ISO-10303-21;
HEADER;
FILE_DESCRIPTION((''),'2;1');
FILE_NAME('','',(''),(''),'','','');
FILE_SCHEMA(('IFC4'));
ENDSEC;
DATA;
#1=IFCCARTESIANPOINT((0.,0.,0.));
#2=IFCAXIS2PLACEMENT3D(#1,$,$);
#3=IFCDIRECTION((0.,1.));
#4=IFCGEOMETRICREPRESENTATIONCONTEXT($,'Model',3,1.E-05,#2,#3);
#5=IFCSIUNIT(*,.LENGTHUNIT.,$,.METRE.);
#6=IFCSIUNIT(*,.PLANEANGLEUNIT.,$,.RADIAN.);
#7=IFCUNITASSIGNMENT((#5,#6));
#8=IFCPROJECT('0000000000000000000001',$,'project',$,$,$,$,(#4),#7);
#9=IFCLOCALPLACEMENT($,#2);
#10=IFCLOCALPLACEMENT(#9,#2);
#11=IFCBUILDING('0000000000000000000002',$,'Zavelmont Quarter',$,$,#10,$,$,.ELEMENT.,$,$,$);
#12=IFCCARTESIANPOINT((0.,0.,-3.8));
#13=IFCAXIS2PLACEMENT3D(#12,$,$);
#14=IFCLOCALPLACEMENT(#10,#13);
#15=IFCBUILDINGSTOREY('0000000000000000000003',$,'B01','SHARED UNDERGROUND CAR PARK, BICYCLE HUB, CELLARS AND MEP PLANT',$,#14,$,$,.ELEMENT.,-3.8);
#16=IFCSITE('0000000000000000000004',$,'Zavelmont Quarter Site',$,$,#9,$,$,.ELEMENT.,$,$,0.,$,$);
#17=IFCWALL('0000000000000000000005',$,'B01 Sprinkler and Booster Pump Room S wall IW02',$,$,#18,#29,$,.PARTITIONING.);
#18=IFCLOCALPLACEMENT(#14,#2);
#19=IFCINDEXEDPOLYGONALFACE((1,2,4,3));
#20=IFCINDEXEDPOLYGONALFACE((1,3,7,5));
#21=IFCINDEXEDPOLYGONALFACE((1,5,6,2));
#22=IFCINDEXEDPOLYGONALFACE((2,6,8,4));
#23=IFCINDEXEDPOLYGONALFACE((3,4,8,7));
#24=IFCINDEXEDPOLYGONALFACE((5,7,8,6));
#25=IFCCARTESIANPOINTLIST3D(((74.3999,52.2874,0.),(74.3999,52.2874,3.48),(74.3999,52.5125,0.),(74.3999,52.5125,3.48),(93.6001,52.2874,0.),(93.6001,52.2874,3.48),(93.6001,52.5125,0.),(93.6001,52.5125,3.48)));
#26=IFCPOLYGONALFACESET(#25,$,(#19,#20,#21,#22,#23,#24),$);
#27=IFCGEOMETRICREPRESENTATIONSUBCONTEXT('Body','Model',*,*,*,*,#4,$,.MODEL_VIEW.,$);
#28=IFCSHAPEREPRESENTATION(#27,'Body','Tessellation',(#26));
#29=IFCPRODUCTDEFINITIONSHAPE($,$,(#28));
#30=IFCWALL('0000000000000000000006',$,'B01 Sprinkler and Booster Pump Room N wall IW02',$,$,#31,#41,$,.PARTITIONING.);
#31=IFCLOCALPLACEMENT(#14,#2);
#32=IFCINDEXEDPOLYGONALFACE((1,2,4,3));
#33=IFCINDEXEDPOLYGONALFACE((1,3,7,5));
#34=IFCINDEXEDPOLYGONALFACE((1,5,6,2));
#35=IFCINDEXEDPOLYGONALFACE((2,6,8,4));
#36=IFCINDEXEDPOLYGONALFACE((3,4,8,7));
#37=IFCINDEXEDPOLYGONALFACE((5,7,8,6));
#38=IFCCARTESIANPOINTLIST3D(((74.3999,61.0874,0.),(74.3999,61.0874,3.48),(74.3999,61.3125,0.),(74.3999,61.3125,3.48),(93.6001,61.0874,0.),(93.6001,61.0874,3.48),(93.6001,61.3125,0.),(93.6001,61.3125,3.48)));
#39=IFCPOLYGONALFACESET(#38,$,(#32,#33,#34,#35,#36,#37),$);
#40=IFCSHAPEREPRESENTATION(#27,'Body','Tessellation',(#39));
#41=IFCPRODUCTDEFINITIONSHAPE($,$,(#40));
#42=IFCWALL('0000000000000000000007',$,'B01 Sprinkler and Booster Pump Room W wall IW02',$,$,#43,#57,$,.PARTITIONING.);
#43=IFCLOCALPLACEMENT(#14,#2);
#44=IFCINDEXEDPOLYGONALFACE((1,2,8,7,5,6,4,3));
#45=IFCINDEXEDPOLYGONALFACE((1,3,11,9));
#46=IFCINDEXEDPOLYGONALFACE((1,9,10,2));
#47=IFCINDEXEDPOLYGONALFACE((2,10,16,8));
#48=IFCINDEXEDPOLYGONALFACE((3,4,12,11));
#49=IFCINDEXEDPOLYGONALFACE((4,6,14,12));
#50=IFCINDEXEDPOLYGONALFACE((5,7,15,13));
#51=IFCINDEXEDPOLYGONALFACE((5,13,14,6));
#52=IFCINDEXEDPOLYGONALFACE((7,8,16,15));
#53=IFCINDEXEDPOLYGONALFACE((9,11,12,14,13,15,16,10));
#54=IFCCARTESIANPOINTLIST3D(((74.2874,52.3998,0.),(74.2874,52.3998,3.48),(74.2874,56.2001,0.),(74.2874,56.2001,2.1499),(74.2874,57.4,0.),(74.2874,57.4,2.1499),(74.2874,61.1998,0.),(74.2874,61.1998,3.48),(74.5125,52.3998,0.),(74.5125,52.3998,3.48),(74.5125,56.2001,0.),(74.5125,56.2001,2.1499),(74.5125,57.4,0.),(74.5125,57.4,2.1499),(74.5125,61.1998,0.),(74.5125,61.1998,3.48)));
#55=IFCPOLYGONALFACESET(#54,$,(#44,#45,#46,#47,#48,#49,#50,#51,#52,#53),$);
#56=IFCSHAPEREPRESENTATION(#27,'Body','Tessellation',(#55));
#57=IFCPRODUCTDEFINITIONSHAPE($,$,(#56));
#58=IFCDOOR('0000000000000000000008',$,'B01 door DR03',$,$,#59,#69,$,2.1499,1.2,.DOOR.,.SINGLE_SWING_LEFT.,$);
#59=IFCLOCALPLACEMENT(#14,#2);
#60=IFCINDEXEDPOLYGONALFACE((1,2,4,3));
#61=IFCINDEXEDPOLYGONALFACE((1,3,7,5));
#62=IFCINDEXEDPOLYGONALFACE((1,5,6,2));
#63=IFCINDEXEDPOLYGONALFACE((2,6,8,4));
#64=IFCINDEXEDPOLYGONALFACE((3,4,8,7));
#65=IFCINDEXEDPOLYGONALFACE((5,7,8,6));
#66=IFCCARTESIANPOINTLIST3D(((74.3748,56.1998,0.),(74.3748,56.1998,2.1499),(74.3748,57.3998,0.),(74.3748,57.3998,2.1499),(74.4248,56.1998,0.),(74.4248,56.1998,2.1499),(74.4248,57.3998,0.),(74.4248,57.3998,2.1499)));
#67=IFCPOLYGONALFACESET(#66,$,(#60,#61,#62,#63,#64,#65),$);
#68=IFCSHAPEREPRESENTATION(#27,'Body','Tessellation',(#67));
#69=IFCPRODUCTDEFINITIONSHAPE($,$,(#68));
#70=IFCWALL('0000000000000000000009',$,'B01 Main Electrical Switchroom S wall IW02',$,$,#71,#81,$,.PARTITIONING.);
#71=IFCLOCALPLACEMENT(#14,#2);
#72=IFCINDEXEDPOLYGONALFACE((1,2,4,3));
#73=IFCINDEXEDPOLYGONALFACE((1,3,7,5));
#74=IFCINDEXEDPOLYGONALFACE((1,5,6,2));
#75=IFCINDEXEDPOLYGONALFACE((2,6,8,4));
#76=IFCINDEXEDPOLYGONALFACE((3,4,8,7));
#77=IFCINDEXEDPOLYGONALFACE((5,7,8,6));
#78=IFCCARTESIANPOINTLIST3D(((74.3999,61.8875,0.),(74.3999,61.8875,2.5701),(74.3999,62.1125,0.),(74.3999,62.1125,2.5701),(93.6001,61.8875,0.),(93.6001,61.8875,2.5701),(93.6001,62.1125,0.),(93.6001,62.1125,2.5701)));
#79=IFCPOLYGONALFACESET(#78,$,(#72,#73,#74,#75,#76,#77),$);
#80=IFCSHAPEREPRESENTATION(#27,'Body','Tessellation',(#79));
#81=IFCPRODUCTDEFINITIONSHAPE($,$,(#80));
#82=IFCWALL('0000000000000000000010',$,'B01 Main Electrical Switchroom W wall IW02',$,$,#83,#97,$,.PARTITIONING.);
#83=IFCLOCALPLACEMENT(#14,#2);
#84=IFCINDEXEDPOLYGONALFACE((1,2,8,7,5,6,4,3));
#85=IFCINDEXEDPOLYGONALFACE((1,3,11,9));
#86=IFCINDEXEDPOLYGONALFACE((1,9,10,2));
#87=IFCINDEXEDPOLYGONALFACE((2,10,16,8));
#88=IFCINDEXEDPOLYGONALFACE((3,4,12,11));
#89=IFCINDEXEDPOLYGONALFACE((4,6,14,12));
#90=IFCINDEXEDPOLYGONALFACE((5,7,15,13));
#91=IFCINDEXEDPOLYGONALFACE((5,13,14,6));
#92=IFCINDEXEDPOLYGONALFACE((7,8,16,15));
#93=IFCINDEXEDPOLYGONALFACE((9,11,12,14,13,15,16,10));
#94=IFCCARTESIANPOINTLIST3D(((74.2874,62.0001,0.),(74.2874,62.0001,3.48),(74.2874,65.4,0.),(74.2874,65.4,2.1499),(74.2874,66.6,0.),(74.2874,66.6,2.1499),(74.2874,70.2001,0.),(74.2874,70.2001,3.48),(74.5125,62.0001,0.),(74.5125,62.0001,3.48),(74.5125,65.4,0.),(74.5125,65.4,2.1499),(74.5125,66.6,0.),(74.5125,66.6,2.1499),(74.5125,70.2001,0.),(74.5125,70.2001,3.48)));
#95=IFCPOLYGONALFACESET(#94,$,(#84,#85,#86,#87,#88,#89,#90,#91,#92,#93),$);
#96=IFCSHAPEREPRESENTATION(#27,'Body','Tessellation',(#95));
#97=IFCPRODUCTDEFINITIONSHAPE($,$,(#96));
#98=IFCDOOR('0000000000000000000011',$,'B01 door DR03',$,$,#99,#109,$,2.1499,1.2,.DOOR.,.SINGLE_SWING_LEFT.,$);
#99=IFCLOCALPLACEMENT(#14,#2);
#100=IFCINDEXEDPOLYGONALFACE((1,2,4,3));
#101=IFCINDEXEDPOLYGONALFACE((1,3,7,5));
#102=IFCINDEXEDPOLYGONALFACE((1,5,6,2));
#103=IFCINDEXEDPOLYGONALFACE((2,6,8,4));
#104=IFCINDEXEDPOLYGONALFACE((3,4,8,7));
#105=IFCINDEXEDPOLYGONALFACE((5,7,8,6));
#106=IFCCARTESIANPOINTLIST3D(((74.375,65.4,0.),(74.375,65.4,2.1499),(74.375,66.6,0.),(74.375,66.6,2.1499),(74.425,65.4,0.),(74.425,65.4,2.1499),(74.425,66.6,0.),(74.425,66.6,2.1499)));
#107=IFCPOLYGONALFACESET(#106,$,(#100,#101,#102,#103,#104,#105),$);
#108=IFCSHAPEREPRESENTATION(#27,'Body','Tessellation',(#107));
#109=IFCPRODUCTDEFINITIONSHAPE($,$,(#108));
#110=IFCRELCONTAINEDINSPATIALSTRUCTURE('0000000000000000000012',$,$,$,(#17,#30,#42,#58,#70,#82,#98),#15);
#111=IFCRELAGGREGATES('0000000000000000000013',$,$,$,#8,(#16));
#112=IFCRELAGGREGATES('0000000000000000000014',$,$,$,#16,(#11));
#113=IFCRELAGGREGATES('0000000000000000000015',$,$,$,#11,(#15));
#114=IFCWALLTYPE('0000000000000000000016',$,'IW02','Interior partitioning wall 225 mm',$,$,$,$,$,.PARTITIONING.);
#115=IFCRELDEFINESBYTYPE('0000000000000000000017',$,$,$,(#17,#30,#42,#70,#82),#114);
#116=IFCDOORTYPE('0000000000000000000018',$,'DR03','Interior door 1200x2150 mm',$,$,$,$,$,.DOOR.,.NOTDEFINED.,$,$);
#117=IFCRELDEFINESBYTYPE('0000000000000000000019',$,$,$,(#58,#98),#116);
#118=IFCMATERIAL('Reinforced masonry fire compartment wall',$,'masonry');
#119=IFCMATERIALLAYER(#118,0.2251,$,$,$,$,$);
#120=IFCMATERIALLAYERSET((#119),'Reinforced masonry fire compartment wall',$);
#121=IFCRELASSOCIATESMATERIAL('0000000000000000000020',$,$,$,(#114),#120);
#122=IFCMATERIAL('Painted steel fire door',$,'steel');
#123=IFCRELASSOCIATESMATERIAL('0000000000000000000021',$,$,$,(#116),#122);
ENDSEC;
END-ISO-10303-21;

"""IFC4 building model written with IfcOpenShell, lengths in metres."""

from ifc_helpers import new_model, si_unit, direction, frame, frame_2d, origin, origin_with_axes, place, context, subcontext, project, spatial, rectangle, extrude, material, layer, layer_set, type_object, element, fill, save


model = new_model("IFC4")

# Units and contexts
model_context = context("Model", 3, precision=1e-05, world=origin(), true_north=direction((0.0, 1.0)))
body_context = subcontext(model_context, "Body", "Model", "MODEL_VIEW")
ifc_project = project(units=[si_unit("LENGTHUNIT", "METRE"), si_unit("PLANEANGLEUNIT", "RADIAN")], contexts=[model_context])

# Site, building, storey
site_placement = place(None, origin())
site = spatial("IfcSite", under=ifc_project, at=site_placement, Name="Zavelmont Quarter Site", CompositionType="ELEMENT", RefElevation=0.0)
building_placement = place(site_placement, origin())
building = spatial("IfcBuilding", under=site, at=building_placement, Name="Zavelmont Quarter", CompositionType="ELEMENT")
storey_placement = place(building_placement, frame((0.0, 0.0, -3.8)))
storey = spatial("IfcBuildingStorey", under=building, at=storey_placement, Name="B01", Description="SHARED UNDERGROUND CAR PARK, BICYCLE HUB, CELLARS AND MEP PLANT", CompositionType="ELEMENT", Elevation=-3.8)

# Walls
ifc_material_1 = material(Name="Reinforced masonry fire compartment wall", Category="masonry")
ifc_layer = layer(ifc_material_1, 0.2251)
ifc_layer_set = layer_set([ifc_layer], Name="Reinforced masonry fire compartment wall")
wall_type = type_object("IfcWallType", Name="IW02", Description="Interior partitioning wall 225 mm", PredefinedType="PARTITIONING", material=ifc_layer_set)
for number, where, z_axis, x_axis, name in (
    (1, (74.3999, 52.3999, 0.0), (0.0, 0.0, 1.0), (1.0, 0.0, 0.0), "B01 Sprinkler and Booster Pump Room S wall IW02"),
    (2, (74.3999, 61.2, 0.0), (0.0, 0.0, 1.0), (1.0, 0.0, 0.0), "B01 Sprinkler and Booster Pump Room N wall IW02"),
):
    element("IfcWall", number, at=place(storey_placement, frame(where, z_axis=z_axis, x_axis=x_axis)), inside=storey, type_object=wall_type, Name=name, PredefinedType="PARTITIONING", context=body_context, shape_type="SweptSolid", body=[
        extrude(rectangle(XDim=19.2002, YDim=0.2251, at=frame_2d((9.6001, 0.0))), origin(), (0.0, 0.0, 1.0), 3.48),
    ])

# Wall, opening, door
wall_1_placement = place(storey_placement, frame((74.3999, 52.3999, 0.0), z_axis=(0.0, 0.0, 1.0), x_axis=(0.0, 1.0, 0.0)))
wall_1 = element("IfcWall", 3, at=wall_1_placement, inside=storey, type_object=wall_type, Name="B01 Sprinkler and Booster Pump Room W wall IW02", PredefinedType="PARTITIONING", context=body_context, shape_type="SweptSolid", body=[
    extrude(rectangle(XDim=8.8, YDim=0.2251, at=frame_2d((4.3999, 0.0))), origin(), (0.0, 0.0, 1.0), 3.48),
])
opening_1_placement = place(wall_1_placement, frame((3.8, 0.0, 0.0)))
opening_1 = element("IfcOpeningElement", 4, at=opening_1_placement, cuts=wall_1, PredefinedType="OPENING", context=body_context, shape_type="SweptSolid", body=[
    extrude(rectangle(XDim=1.2, YDim=2.1499, at=frame_2d((0.6001, 1.075))), frame((0.0, 0.1245, 0.0), z_axis=(0.0, -1.0, 0.0), x_axis=(1.0, 0.0, 0.0)), (0.0, 0.0, 1.0), 0.249),
])
ifc_material_2 = material(Name="Painted steel fire door", Category="steel")
door_type = type_object("IfcDoorType", Name="DR03", Description="Interior door 1200x2150 mm", OperationType="NOTDEFINED", PredefinedType="DOOR", material=ifc_material_2)
door_1_placement = place(opening_1_placement, frame((1.2, 0.0, 0.0), z_axis=(0.0, 0.0, 1.0), x_axis=(-1.0, 0.0, 0.0)))
door_1 = element("IfcDoor", 5, at=door_1_placement, inside=storey, type_object=door_type, Name="B01 door DR03", OperationType="SINGLE_SWING_LEFT", OverallHeight=2.1499, OverallWidth=1.2, PredefinedType="DOOR", context=body_context, shape_type="SweptSolid", body=[
    extrude(rectangle(XDim=1.2, YDim=2.1499, at=frame_2d((0.6001, 1.075))), frame((0.0, 0.0249, 0.0), z_axis=(0.0, -1.0, 0.0), x_axis=(1.0, 0.0, 0.0)), (0.0, 0.0, 1.0), 0.05),
])
fill(opening_1, door_1)

# Wall
wall_2_placement = place(storey_placement, frame((74.3999, 62.0, 0.0), z_axis=(0.0, 0.0, 1.0), x_axis=(1.0, 0.0, 0.0)))
element("IfcWall", 6, at=wall_2_placement, inside=storey, type_object=wall_type, Name="B01 Main Electrical Switchroom S wall IW02", PredefinedType="PARTITIONING", context=body_context, shape_type="SweptSolid", body=[
    extrude(rectangle(XDim=19.2002, YDim=0.2251, at=frame_2d((9.6001, 0.0))), origin(), (0.0, 0.0, 1.0), 2.5701),
])

# Wall, opening, door
wall_3_placement = place(storey_placement, frame((74.3999, 62.0, 0.0), z_axis=(0.0, 0.0, 1.0), x_axis=(0.0, 1.0, 0.0)))
wall_3 = element("IfcWall", 7, at=wall_3_placement, inside=storey, type_object=wall_type, Name="B01 Main Electrical Switchroom W wall IW02", PredefinedType="PARTITIONING", context=body_context, shape_type="SweptSolid", body=[
    extrude(rectangle(XDim=8.2, YDim=0.2251, at=frame_2d((4.1001, 0.0))), origin(), (0.0, 0.0, 1.0), 3.48),
])
opening_2_placement = place(wall_3_placement, frame((3.3999, 0.0, 0.0)))
opening_2 = element("IfcOpeningElement", 8, at=opening_2_placement, cuts=wall_3, PredefinedType="OPENING", context=body_context, shape_type="SweptSolid", body=[
    extrude(rectangle(XDim=1.2, YDim=2.1499, at=frame_2d((0.6001, 1.075))), frame((0.0, 0.1245, 0.0), z_axis=(0.0, -1.0, 0.0), x_axis=(1.0, 0.0, 0.0)), (0.0, 0.0, 1.0), 0.249),
])
door_2_placement = place(opening_2_placement, origin_with_axes())
door_2 = element("IfcDoor", 9, at=door_2_placement, inside=storey, type_object=door_type, Name="B01 door DR03", OperationType="SINGLE_SWING_LEFT", OverallHeight=2.1499, OverallWidth=1.2, PredefinedType="DOOR", context=body_context, shape_type="SweptSolid", body=[
    extrude(rectangle(XDim=1.2, YDim=2.1499, at=frame_2d((0.6001, 1.075))), frame((0.0, 0.0249, 0.0), z_axis=(0.0, -1.0, 0.0), x_axis=(1.0, 0.0, 0.0)), (0.0, 0.0, 1.0), 0.05),
])
fill(opening_2, door_2)

save(model, "model.ifc")
